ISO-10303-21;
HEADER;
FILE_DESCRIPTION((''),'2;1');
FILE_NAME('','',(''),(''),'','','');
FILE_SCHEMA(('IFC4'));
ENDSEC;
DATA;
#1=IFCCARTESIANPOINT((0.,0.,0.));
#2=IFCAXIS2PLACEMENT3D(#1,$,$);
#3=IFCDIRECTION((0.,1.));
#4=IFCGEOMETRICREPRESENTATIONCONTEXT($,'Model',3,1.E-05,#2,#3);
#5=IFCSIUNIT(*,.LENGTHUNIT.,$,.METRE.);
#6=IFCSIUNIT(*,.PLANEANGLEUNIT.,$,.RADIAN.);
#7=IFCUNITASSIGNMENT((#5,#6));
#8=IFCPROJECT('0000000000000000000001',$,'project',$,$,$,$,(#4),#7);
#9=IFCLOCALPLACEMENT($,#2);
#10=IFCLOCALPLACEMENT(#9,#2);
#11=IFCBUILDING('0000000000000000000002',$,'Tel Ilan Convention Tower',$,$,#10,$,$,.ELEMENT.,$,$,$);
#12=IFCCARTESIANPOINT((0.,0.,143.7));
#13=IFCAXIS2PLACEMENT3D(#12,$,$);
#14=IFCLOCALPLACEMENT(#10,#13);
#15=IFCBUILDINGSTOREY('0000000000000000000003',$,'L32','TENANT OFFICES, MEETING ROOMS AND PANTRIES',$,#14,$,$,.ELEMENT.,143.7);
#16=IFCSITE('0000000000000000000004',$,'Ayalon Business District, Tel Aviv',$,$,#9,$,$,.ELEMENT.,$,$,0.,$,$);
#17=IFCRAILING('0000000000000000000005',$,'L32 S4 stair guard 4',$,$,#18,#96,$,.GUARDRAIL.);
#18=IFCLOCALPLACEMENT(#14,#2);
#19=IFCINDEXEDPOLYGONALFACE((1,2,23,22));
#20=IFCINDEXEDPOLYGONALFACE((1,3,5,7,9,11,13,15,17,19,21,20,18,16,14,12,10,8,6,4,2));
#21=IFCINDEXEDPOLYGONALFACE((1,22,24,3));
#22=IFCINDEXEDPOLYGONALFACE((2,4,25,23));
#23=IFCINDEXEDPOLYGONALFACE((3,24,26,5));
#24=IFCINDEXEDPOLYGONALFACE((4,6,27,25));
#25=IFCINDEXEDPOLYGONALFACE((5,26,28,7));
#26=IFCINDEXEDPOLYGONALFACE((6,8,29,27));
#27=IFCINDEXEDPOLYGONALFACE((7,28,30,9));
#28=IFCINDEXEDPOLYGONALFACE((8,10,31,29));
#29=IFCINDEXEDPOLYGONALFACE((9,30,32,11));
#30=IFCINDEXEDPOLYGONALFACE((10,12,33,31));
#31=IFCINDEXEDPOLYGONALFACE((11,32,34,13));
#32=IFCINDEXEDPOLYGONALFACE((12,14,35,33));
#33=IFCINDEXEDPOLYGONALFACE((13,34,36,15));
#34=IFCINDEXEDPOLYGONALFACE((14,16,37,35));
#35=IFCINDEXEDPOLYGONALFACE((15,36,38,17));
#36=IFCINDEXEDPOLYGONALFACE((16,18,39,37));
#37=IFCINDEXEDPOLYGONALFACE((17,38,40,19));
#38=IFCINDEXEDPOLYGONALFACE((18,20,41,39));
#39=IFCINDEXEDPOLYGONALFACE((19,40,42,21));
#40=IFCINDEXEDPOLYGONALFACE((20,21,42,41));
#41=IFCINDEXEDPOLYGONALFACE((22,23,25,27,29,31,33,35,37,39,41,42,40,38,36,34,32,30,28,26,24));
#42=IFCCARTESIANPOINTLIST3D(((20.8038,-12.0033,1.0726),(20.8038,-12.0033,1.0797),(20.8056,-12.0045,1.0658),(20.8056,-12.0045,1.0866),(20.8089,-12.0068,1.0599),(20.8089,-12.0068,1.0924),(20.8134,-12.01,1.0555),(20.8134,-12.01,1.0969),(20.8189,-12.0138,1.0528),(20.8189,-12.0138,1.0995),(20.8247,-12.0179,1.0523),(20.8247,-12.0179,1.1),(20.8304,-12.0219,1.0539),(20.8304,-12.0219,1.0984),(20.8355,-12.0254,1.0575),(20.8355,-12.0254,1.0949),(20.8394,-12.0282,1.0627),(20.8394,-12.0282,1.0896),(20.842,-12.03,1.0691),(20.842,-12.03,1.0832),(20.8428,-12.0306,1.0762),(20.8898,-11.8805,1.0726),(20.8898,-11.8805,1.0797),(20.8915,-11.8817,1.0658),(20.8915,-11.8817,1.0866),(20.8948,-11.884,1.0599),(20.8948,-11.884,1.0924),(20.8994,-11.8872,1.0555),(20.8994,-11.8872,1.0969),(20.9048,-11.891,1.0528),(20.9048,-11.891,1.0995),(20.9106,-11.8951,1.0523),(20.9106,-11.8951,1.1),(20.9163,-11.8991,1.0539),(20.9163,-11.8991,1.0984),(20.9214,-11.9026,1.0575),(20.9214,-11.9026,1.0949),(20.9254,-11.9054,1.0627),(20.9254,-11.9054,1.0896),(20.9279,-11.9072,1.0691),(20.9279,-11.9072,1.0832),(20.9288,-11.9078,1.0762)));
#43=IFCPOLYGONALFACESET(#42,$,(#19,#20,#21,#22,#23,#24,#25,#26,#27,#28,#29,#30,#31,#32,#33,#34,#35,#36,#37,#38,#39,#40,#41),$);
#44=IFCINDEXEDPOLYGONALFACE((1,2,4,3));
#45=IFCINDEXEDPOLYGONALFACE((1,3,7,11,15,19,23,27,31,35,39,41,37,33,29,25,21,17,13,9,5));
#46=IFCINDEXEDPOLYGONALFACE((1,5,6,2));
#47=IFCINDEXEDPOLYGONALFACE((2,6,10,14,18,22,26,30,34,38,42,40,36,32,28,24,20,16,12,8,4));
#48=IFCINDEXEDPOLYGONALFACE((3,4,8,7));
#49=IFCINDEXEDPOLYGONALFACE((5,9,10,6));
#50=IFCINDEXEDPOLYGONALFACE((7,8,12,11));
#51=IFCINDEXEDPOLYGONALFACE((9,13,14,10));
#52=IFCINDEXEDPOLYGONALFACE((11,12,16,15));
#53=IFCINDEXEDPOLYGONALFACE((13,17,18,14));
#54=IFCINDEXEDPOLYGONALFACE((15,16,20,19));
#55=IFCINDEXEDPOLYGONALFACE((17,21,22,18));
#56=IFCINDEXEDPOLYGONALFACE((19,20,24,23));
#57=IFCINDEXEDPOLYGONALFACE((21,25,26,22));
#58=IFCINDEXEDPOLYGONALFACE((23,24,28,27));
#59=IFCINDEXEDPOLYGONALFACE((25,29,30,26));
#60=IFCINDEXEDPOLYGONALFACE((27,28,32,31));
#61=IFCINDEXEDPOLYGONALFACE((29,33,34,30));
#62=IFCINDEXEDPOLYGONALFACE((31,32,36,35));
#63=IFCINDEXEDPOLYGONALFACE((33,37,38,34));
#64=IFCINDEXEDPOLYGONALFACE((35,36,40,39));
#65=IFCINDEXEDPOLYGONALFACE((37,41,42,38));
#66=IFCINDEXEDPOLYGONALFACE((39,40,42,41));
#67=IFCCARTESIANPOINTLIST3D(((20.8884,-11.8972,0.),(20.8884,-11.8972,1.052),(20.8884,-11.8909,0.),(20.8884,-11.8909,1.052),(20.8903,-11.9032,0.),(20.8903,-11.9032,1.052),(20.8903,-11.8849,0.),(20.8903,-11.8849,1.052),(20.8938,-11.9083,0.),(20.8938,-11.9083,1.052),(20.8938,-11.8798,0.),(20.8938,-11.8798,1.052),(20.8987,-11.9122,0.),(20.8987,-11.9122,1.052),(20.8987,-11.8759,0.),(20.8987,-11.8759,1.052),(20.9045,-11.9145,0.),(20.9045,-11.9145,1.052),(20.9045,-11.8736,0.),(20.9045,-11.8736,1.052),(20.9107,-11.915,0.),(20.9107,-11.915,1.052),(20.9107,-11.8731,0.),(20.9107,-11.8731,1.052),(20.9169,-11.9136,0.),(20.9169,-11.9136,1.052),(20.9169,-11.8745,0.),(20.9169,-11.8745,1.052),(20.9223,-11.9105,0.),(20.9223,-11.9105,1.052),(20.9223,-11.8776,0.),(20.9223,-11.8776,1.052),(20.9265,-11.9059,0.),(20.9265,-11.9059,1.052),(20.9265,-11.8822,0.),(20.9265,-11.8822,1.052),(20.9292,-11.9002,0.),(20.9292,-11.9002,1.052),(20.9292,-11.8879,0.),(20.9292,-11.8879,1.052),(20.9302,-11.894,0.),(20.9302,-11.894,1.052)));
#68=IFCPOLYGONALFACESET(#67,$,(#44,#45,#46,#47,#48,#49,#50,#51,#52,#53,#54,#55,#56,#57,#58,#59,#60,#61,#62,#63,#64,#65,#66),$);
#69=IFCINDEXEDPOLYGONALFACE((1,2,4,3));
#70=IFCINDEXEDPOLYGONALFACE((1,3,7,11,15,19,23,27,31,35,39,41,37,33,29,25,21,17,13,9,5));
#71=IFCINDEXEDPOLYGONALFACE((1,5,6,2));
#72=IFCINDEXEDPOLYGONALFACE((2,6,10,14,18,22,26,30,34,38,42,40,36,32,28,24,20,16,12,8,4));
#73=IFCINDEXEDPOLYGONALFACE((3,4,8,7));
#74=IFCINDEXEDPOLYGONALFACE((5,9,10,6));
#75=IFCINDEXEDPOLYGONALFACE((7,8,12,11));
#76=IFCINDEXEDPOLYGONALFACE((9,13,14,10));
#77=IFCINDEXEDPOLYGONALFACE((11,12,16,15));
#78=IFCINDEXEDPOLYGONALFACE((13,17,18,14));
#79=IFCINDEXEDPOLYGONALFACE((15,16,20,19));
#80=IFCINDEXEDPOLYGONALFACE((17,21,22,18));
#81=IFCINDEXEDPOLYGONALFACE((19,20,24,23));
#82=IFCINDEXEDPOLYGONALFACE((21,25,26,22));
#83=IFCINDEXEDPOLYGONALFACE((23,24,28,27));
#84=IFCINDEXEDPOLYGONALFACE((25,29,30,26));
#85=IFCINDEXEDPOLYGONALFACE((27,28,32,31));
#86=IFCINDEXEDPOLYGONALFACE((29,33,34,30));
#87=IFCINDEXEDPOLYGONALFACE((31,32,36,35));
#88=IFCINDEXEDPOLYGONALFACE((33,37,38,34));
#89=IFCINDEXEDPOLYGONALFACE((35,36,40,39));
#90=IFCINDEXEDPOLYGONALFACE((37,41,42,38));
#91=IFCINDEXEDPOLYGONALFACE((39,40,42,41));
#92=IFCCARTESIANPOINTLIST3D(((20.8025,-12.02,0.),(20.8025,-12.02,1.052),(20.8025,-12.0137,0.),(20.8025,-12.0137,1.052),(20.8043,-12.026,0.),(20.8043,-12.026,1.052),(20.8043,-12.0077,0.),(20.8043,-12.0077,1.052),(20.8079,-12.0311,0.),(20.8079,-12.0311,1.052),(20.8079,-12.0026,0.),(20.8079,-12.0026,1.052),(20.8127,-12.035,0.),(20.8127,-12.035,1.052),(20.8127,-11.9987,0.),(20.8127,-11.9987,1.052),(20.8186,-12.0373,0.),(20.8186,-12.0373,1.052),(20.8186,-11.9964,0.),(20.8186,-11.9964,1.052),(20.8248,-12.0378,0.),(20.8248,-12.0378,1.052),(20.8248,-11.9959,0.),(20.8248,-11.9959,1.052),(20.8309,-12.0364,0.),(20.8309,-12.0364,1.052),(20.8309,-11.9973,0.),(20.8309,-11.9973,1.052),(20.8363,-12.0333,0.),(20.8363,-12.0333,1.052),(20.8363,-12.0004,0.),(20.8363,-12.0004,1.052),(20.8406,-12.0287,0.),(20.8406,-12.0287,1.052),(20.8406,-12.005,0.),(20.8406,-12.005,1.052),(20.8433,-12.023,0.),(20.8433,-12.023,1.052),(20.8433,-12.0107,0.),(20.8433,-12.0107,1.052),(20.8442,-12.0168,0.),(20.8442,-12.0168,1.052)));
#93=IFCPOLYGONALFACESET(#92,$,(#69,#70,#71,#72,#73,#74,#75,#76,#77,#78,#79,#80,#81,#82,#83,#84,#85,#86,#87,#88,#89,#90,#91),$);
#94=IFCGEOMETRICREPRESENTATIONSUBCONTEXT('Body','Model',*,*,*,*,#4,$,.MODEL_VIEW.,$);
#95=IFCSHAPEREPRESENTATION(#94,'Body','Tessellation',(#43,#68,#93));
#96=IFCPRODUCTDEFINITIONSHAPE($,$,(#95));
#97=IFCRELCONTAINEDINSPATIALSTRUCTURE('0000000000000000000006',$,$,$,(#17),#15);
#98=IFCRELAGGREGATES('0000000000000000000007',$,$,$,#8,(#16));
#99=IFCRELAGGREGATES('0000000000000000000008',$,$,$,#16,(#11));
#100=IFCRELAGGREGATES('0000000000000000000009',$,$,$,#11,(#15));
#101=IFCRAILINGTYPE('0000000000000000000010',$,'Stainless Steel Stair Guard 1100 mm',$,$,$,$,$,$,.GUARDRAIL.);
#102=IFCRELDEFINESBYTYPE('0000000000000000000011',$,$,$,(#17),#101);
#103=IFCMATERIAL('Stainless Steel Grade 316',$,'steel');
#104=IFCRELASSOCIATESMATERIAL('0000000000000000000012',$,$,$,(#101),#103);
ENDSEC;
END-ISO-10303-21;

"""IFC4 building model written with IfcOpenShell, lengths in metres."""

from ifc_helpers import new_model, si_unit, direction, frame, origin, origin_2d, place, context, subcontext, project, spatial, circle, extrude, material, type_object, element, save


model = new_model("IFC4")

# Units and contexts
model_context = context("Model", 3, precision=1e-05, world=origin(), true_north=direction((0.0, 1.0)))
body_context = subcontext(model_context, "Body", "Model", "MODEL_VIEW")
ifc_project = project(units=[si_unit("LENGTHUNIT", "METRE"), si_unit("PLANEANGLEUNIT", "RADIAN")], contexts=[model_context])

# Site, building, storey
site_placement = place(None, origin())
site = spatial("IfcSite", under=ifc_project, at=site_placement, Name="Ayalon Business District, Tel Aviv", CompositionType="ELEMENT", RefElevation=0.0)
building_placement = place(site_placement, origin())
building = spatial("IfcBuilding", under=site, at=building_placement, Name="Tel Ilan Convention Tower", CompositionType="ELEMENT")
storey_placement = place(building_placement, frame((0.0, 0.0, 143.7)))
storey = spatial("IfcBuildingStorey", under=building, at=storey_placement, Name="L32", Description="TENANT OFFICES, MEETING ROOMS AND PANTRIES", CompositionType="ELEMENT", Elevation=143.7)

# Railing
ifc_material_1 = material(Name="Stainless Steel Grade 316", Category="steel")
railing_type_1 = type_object("IfcRailingType", Name="Stainless Steel Stair Guard 1100 mm", PredefinedType="GUARDRAIL", material=ifc_material_1)
railing_1_placement = place(storey_placement, frame((20.9092, -11.894, 0.0)))
element("IfcRailing", 1, at=railing_1_placement, inside=storey, type_object=railing_type_1, Name="L32 S4 stair guard 4", PredefinedType="GUARDRAIL", context=body_context, shape_type="SweptSolid", body=[
    extrude(circle(Radius=0.0239, at=origin_2d()), frame((0.0, 0.0, 1.0762), z_axis=(-0.573353, -0.819308, 0.0), x_axis=(0.819308, -0.573353, 0.0)), (0.0, 0.0, 1.0), 0.1499),
    extrude(circle(Radius=0.021, at=origin_2d()), origin(), (0.0, 0.0, 1.0), 1.052),
    extrude(circle(Radius=0.021, at=origin_2d()), frame((-0.0859, -0.1228, 0.0)), (0.0, 0.0, 1.0), 1.052),
])

save(model, "model.ifc")
